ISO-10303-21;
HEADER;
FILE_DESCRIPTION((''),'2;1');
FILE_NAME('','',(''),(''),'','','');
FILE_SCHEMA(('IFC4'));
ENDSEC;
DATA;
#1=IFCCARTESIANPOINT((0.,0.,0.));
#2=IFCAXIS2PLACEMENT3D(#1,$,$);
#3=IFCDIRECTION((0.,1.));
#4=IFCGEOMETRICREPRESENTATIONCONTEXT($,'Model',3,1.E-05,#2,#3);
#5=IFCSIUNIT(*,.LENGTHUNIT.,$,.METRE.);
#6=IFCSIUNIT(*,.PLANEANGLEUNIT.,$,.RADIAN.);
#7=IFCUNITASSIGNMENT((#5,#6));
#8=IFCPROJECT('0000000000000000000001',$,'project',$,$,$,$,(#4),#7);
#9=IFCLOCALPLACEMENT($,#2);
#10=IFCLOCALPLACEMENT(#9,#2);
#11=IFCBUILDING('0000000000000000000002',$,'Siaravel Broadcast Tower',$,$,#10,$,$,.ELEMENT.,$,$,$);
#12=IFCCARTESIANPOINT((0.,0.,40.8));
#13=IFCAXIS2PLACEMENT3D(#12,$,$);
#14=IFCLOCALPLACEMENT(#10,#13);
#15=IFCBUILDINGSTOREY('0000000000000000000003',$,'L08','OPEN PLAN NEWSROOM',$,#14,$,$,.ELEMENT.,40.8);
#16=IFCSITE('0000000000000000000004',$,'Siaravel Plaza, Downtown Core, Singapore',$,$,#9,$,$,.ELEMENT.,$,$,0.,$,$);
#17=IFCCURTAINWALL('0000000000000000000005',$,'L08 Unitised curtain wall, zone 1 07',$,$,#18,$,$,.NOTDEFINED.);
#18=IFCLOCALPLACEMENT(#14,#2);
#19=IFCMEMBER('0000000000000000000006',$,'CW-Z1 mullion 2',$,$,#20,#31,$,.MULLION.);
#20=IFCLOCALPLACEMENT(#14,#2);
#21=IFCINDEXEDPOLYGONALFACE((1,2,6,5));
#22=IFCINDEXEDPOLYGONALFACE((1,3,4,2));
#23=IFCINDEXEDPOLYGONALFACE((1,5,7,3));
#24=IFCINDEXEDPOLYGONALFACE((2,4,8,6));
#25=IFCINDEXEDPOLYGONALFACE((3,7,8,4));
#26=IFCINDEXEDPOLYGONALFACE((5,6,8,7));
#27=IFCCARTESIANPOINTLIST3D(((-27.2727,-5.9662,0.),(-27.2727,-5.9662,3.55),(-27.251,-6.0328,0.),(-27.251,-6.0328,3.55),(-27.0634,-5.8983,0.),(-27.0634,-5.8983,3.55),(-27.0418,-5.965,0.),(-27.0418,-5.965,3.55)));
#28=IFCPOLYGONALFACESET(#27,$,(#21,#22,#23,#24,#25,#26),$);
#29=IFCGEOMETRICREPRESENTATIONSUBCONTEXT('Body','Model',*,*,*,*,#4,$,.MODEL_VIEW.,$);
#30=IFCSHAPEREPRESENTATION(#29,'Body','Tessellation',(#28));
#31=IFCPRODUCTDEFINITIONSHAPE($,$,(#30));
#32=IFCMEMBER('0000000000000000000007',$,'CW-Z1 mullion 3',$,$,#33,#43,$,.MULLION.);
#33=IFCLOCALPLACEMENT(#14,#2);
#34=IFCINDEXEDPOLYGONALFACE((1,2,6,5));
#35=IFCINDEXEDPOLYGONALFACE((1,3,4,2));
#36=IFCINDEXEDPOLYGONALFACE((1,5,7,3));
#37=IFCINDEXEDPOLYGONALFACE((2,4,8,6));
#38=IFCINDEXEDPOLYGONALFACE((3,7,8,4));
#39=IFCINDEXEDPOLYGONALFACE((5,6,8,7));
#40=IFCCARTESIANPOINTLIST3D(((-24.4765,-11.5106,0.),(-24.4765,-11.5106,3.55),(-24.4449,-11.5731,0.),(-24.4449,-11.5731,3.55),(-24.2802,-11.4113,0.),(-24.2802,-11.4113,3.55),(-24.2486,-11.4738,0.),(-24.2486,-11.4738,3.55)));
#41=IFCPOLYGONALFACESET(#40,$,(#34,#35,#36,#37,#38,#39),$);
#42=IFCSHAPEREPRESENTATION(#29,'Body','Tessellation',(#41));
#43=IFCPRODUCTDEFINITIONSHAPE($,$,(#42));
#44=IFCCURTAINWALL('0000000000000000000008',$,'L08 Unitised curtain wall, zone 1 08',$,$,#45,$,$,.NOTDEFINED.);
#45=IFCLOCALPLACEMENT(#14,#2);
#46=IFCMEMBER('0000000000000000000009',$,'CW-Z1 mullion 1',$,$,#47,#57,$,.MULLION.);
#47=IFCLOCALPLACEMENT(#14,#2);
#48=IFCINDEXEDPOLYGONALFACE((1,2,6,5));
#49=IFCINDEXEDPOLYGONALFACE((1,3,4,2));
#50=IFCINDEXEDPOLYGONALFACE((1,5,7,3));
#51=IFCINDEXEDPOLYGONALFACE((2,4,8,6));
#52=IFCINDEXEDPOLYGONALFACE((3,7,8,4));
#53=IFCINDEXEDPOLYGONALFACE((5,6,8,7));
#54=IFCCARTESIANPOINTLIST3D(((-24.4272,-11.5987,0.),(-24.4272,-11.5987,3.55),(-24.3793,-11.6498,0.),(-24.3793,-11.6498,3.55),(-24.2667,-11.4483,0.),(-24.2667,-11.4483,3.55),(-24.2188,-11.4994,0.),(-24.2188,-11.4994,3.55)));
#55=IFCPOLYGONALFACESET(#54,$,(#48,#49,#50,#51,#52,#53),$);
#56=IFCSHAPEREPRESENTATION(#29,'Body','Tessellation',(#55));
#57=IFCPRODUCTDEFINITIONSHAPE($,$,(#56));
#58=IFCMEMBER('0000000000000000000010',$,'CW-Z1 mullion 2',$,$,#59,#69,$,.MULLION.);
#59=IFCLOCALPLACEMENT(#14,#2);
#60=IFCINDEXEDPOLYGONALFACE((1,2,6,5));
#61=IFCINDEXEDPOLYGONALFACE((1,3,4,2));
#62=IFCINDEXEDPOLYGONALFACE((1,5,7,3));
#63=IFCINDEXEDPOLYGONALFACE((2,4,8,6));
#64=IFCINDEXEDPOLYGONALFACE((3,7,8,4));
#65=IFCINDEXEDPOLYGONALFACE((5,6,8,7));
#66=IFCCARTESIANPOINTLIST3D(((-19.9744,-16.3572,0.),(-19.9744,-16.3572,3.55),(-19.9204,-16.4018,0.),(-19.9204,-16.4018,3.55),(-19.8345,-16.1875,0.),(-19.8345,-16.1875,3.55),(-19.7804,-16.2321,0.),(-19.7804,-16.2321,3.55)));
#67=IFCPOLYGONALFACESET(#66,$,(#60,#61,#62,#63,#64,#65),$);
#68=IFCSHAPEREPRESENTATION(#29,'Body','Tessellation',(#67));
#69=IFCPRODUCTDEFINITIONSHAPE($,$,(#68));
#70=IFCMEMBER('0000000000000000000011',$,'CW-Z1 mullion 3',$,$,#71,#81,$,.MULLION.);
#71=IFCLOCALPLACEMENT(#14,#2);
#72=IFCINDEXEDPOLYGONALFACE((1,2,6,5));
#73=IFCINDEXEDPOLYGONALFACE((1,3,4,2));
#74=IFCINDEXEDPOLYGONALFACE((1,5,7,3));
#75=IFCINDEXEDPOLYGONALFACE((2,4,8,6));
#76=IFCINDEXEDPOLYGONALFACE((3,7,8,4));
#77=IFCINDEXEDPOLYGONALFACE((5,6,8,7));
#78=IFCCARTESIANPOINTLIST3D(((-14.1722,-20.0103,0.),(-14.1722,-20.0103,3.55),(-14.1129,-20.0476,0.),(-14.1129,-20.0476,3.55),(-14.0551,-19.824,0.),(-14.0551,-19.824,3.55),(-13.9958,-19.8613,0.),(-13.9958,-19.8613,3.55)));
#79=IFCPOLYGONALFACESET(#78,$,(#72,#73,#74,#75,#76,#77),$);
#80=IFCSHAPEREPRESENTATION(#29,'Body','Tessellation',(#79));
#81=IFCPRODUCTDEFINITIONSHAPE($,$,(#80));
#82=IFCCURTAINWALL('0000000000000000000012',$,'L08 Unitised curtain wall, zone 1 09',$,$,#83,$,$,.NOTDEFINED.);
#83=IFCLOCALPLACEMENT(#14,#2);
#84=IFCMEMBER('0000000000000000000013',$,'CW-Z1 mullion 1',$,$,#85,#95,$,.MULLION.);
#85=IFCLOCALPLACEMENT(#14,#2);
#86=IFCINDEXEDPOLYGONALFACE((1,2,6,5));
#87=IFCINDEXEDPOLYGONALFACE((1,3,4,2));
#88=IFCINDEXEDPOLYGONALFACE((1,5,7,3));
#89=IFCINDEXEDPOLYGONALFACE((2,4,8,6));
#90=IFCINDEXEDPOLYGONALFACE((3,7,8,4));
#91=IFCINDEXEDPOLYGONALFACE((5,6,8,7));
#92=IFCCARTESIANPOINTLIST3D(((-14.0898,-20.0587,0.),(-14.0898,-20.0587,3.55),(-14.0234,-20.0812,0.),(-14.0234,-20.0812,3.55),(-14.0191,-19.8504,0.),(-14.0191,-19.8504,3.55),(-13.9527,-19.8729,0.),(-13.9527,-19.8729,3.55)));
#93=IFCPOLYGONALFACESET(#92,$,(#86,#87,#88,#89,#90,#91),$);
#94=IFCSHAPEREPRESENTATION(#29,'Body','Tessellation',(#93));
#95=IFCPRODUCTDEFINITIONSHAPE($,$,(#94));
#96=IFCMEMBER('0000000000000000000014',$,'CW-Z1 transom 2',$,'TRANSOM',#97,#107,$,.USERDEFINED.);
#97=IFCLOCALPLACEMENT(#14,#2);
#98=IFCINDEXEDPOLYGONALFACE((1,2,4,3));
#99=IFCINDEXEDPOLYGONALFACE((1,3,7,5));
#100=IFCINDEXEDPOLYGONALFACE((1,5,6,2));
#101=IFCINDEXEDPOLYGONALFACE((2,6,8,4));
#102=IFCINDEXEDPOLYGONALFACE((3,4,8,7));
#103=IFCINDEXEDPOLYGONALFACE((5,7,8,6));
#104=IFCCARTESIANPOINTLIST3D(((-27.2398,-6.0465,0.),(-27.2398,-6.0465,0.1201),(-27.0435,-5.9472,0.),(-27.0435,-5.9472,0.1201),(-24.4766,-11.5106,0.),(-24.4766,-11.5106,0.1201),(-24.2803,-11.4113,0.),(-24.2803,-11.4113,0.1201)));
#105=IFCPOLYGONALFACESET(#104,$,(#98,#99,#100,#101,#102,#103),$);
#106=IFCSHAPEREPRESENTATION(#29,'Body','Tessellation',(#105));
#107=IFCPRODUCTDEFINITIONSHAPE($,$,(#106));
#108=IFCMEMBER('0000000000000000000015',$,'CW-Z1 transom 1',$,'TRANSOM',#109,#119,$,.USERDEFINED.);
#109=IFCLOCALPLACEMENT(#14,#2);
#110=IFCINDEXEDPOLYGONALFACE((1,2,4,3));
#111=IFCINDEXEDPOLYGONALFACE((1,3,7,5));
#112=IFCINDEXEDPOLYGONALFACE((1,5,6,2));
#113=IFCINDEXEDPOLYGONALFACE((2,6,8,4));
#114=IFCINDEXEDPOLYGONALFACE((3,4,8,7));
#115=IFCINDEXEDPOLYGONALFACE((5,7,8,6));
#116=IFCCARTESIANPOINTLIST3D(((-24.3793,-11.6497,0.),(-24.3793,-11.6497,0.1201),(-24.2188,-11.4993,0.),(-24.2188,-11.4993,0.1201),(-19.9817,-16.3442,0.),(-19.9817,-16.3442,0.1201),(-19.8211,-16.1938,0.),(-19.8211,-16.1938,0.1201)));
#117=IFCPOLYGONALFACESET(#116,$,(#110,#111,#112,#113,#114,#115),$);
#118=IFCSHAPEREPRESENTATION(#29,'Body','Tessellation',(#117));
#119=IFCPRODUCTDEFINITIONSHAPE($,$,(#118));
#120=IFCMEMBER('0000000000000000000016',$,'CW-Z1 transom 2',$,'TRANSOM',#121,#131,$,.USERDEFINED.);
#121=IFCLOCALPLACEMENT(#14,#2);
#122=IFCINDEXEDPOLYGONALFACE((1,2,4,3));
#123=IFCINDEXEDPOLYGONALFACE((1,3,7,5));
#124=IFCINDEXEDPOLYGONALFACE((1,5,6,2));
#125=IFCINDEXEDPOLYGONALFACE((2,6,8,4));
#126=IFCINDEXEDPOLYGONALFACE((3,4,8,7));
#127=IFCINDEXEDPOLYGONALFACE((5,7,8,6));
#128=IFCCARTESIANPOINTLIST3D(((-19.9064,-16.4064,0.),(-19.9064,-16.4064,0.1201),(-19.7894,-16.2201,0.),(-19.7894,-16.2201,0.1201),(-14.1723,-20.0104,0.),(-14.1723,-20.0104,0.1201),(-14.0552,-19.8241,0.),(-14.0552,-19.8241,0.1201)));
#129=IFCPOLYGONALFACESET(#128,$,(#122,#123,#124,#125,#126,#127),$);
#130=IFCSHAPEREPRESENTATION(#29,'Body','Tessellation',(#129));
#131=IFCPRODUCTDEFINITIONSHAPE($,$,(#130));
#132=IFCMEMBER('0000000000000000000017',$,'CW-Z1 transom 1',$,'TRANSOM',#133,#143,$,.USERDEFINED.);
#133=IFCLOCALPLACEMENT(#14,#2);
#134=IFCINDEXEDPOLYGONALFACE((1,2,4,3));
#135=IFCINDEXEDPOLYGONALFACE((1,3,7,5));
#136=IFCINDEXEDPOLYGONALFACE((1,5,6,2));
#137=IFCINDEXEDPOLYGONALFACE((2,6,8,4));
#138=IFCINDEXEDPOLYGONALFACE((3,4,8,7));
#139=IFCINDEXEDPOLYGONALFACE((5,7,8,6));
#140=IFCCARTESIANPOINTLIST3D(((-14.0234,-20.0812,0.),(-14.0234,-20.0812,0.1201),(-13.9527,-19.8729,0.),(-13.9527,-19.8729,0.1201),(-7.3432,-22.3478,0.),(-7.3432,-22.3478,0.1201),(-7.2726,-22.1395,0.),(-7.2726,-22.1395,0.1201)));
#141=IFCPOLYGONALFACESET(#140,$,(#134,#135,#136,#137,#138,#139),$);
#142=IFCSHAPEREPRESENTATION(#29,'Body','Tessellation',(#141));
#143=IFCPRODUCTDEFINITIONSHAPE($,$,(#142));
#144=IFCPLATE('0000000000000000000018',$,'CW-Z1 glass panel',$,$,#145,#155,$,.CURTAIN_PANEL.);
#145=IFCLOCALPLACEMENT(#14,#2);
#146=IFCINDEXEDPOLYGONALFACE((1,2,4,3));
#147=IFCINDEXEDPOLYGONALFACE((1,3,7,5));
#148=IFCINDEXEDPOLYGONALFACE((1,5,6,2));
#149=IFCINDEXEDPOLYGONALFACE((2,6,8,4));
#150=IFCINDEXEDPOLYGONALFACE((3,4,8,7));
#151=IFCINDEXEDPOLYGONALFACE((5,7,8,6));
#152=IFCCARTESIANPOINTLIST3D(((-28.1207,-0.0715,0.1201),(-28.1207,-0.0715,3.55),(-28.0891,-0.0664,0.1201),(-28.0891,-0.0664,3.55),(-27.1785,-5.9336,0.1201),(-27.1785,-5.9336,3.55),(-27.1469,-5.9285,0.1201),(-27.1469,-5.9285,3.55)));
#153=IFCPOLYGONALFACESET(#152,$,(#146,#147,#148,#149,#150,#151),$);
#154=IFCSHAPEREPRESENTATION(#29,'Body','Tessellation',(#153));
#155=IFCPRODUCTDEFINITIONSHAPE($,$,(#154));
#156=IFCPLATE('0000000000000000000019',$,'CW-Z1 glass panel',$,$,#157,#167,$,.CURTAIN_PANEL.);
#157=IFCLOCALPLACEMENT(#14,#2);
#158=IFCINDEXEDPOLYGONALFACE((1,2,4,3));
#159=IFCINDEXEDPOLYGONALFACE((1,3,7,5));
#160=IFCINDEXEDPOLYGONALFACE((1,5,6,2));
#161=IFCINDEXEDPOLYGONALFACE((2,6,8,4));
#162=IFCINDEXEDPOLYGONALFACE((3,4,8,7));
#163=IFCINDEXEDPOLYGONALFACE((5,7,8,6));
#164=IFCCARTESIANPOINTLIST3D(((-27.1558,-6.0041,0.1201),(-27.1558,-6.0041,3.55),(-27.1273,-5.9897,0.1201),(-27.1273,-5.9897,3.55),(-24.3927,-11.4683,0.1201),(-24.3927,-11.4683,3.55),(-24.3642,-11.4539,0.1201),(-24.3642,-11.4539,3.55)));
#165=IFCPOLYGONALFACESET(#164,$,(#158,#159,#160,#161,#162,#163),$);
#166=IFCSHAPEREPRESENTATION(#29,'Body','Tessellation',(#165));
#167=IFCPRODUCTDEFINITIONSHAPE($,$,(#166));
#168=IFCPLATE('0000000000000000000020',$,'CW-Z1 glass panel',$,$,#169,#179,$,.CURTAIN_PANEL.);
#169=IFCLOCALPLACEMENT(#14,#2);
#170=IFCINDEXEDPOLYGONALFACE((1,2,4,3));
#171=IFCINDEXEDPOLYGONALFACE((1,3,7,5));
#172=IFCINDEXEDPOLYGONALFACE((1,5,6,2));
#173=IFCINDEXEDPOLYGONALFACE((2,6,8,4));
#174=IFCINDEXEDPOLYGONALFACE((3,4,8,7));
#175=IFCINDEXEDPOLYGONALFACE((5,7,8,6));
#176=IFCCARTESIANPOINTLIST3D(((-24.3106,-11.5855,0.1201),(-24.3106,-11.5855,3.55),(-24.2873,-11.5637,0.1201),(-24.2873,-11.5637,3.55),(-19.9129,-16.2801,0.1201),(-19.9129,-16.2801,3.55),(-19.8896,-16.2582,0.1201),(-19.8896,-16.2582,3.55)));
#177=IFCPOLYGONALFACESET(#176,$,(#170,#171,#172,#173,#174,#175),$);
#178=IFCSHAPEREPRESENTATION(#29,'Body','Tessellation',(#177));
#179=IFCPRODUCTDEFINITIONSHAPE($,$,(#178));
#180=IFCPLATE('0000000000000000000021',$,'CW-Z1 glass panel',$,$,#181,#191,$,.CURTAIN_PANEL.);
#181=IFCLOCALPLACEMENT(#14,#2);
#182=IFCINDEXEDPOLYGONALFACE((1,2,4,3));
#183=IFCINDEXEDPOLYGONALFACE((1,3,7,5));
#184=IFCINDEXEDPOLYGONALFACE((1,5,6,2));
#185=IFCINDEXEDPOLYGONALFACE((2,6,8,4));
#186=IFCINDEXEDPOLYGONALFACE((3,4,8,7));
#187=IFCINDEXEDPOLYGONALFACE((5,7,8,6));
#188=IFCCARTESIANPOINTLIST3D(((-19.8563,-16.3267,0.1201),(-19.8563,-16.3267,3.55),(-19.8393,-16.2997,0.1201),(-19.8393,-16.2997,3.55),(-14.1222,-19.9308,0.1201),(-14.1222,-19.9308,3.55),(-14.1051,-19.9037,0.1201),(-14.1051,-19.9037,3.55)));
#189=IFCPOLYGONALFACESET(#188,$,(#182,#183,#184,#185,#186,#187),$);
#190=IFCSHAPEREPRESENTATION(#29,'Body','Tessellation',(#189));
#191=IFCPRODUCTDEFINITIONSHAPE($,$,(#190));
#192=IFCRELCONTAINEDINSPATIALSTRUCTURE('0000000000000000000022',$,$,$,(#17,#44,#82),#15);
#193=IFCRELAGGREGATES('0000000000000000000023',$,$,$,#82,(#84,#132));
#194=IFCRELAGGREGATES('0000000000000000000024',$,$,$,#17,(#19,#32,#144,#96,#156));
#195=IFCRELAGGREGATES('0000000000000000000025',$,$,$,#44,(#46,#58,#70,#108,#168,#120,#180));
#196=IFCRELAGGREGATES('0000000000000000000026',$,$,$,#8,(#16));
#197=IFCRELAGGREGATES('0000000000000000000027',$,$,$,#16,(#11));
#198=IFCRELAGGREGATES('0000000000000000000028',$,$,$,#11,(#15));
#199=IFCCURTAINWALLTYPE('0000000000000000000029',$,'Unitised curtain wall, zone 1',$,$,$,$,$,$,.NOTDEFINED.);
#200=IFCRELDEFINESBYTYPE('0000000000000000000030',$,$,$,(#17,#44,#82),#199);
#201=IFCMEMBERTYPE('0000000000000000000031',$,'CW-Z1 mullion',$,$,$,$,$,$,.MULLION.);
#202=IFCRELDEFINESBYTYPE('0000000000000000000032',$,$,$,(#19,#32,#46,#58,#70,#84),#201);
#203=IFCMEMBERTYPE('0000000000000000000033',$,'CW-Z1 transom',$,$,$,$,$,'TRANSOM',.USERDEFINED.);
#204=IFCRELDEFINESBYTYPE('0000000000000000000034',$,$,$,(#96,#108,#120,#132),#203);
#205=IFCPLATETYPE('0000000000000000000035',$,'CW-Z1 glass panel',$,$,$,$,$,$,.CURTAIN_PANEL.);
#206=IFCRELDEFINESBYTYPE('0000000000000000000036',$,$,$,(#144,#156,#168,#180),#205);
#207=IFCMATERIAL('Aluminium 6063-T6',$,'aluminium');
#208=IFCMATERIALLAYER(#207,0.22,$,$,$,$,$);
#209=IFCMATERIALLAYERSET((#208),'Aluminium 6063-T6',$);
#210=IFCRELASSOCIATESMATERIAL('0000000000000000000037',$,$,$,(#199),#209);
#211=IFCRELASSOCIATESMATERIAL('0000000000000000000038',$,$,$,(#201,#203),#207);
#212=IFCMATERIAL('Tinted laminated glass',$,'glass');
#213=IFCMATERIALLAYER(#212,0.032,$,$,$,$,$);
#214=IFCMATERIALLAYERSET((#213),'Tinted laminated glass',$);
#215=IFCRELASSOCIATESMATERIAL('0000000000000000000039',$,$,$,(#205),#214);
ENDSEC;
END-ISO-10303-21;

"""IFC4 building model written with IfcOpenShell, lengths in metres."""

from ifc_helpers import new_model, si_unit, direction, frame, origin, origin_2d, place, context, subcontext, project, spatial, rectangle, extrude, material, layer, layer_set, material_profile, profile_set, type_object, element, aggregate, save


model = new_model("IFC4")

# Units and contexts
model_context = context("Model", 3, precision=1e-05, world=origin(), true_north=direction((0.0, 1.0)))
body_context = subcontext(model_context, "Body", "Model", "MODEL_VIEW")
ifc_project = project(units=[si_unit("LENGTHUNIT", "METRE"), si_unit("PLANEANGLEUNIT", "RADIAN")], contexts=[model_context])

# Site, building, storey
site_placement = place(None, origin())
site = spatial("IfcSite", under=ifc_project, at=site_placement, Name="Siaravel Plaza, Downtown Core, Singapore", CompositionType="ELEMENT", RefElevation=0.0)
building_placement = place(site_placement, origin())
building = spatial("IfcBuilding", under=site, at=building_placement, Name="Siaravel Broadcast Tower", CompositionType="ELEMENT")
storey_placement = place(building_placement, frame((0.0, 0.0, 40.8)))
storey = spatial("IfcBuildingStorey", under=building, at=storey_placement, Name="L08", Description="OPEN PLAN NEWSROOM", CompositionType="ELEMENT", Elevation=40.8)

# Curtain walls, members
ifc_material_1 = material(Name="Aluminium 6063-T6", Category="aluminium")
ifc_layer_1 = layer(ifc_material_1, 0.22)
ifc_layer_set_1 = layer_set([ifc_layer_1], Name="Aluminium 6063-T6")
curtain_wall_type = type_object("IfcCurtainWallType", Name="Unitised curtain wall, zone 1", PredefinedType="NOTDEFINED", material=ifc_layer_set_1)
curtain_wall_1_placement = place(storey_placement, origin())
curtain_wall_1 = element("IfcCurtainWall", 1, at=curtain_wall_1_placement, inside=storey, type_object=curtain_wall_type, Name="L08 Unitised curtain wall, zone 1 07", PredefinedType="NOTDEFINED")
ifc_material_profile_1 = material_profile(ifc_material_1, rectangle(XDim=0.22, YDim=0.0701, at=origin_2d()))
ifc_profile_set_1 = profile_set([ifc_material_profile_1], Name="Aluminium 6063-T6")
member_type_1 = type_object("IfcMemberType", Name="CW-Z1 mullion", PredefinedType="MULLION", material=ifc_profile_set_1)
member_1_placement = place(storey_placement, frame((-27.1572, -5.9656, 0.0), z_axis=(0.0, 0.0, 1.0), x_axis=(0.951177, 0.308646, 0.0)))
member_1 = element("IfcMember", 2, at=member_1_placement, type_object=member_type_1, Name="CW-Z1 mullion 2", PredefinedType="MULLION", context=body_context, shape_type="SweptSolid", body=[
    extrude(rectangle(XDim=0.22, YDim=0.0701, at=origin_2d()), origin(), (0.0, 0.0, 1.0), 3.55),
])
member_2_placement = place(storey_placement, frame((-24.3625, -11.4922, 0.0), z_axis=(0.0, 0.0, 1.0), x_axis=(0.892392, 0.451261, 0.0)))
member_2 = element("IfcMember", 3, at=member_2_placement, type_object=member_type_1, Name="CW-Z1 mullion 3", PredefinedType="MULLION", context=body_context, shape_type="SweptSolid", body=[
    extrude(rectangle(XDim=0.22, YDim=0.0701, at=origin_2d()), origin(), (0.0, 0.0, 1.0), 3.55),
])
curtain_wall_2_placement = place(storey_placement, origin())
curtain_wall_2 = element("IfcCurtainWall", 4, at=curtain_wall_2_placement, inside=storey, type_object=curtain_wall_type, Name="L08 Unitised curtain wall, zone 1 08", PredefinedType="NOTDEFINED")
member_3_placement = place(storey_placement, frame((-24.323, -11.5491, 0.0), z_axis=(0.0, 0.0, 1.0), x_axis=(0.729805, 0.683655, 0.0)))
member_3 = element("IfcMember", 5, at=member_3_placement, type_object=member_type_1, Name="CW-Z1 mullion 1", PredefinedType="MULLION", context=body_context, shape_type="SweptSolid", body=[
    extrude(rectangle(XDim=0.22, YDim=0.0701, at=origin_2d()), origin(), (0.0, 0.0, 1.0), 3.55),
])
member_4_placement = place(storey_placement, frame((-19.8774, -16.2947, 0.0), z_axis=(0.0, 0.0, 1.0), x_axis=(0.636218, 0.771509, 0.0)))
member_4 = element("IfcMember", 6, at=member_4_placement, type_object=member_type_1, Name="CW-Z1 mullion 2", PredefinedType="MULLION", context=body_context, shape_type="SweptSolid", body=[
    extrude(rectangle(XDim=0.22, YDim=0.0701, at=origin_2d()), origin(), (0.0, 0.0, 1.0), 3.55),
])
member_5_placement = place(storey_placement, frame((-14.084, -19.9358, 0.0), z_axis=(0.0, 0.0, 1.0), x_axis=(0.532149, 0.846651, 0.0)))
member_5 = element("IfcMember", 7, at=member_5_placement, type_object=member_type_1, Name="CW-Z1 mullion 3", PredefinedType="MULLION", context=body_context, shape_type="SweptSolid", body=[
    extrude(rectangle(XDim=0.22, YDim=0.0701, at=origin_2d()), origin(), (0.0, 0.0, 1.0), 3.55),
])

# Curtain wall, member
curtain_wall_3_placement = place(storey_placement, origin())
curtain_wall_3 = element("IfcCurtainWall", 8, at=curtain_wall_3_placement, inside=storey, type_object=curtain_wall_type, Name="L08 Unitised curtain wall, zone 1 09", PredefinedType="NOTDEFINED")
member_6_placement = place(storey_placement, frame((-14.0212, -19.9658, 0.0), z_axis=(0.0, 0.0, 1.0), x_axis=(0.321301, 0.946977, 0.0)))
member_6 = element("IfcMember", 9, at=member_6_placement, type_object=member_type_1, Name="CW-Z1 mullion 1", PredefinedType="MULLION", context=body_context, shape_type="SweptSolid", body=[
    extrude(rectangle(XDim=0.22, YDim=0.0701, at=origin_2d()), origin(), (0.0, 0.0, 1.0), 3.55),
])

# Members
ifc_material_profile_2 = material_profile(ifc_material_1, rectangle(XDim=0.22, YDim=0.1201, at=origin_2d()))
ifc_profile_set_2 = profile_set([ifc_material_profile_2], Name="Aluminium 6063-T6")
member_type_2 = type_object("IfcMemberType", Name="CW-Z1 transom", ElementType="TRANSOM", PredefinedType="USERDEFINED", material=ifc_profile_set_2)
member_7_placement = place(storey_placement, frame((-27.1416, -5.9968, 0.0601), z_axis=(0.451276, -0.892384, 0.0), x_axis=(0.892384, 0.451276, 0.0)))
member_7 = element("IfcMember", 10, at=member_7_placement, type_object=member_type_2, Name="CW-Z1 transom 2", ObjectType="TRANSOM", PredefinedType="USERDEFINED", context=body_context, shape_type="SweptSolid", body=[
    extrude(rectangle(XDim=0.22, YDim=0.1201, at=origin_2d()), origin(), (0.0, 0.0, 1.0), 6.123),
])
member_8_placement = place(storey_placement, frame((-24.2991, -11.5745, 0.0601), z_axis=(0.683654, -0.729806, 0.0), x_axis=(0.729806, 0.683654, 0.0)))
member_8 = element("IfcMember", 11, at=member_8_placement, type_object=member_type_2, Name="CW-Z1 transom 1", ObjectType="TRANSOM", PredefinedType="USERDEFINED", context=body_context, shape_type="SweptSolid", body=[
    extrude(rectangle(XDim=0.22, YDim=0.1201, at=origin_2d()), origin(), (0.0, 0.0, 1.0), 6.4326),
])
member_9_placement = place(storey_placement, frame((-19.8479, -16.3132, 0.0601), z_axis=(0.846657, -0.532139, 0.0), x_axis=(0.532139, 0.846657, 0.0)))
member_9 = element("IfcMember", 12, at=member_9_placement, type_object=member_type_2, Name="CW-Z1 transom 2", ObjectType="TRANSOM", PredefinedType="USERDEFINED", context=body_context, shape_type="SweptSolid", body=[
    extrude(rectangle(XDim=0.22, YDim=0.1201, at=origin_2d()), origin(), (0.0, 0.0, 1.0), 6.7727),
])
member_10_placement = place(storey_placement, frame((-13.988, -19.9771, 0.0601), z_axis=(0.946974, -0.321311, 0.0), x_axis=(0.321311, 0.946974, 0.0)))
member_10 = element("IfcMember", 13, at=member_10_placement, type_object=member_type_2, Name="CW-Z1 transom 1", ObjectType="TRANSOM", PredefinedType="USERDEFINED", context=body_context, shape_type="SweptSolid", body=[
    extrude(rectangle(XDim=0.22, YDim=0.1201, at=origin_2d()), origin(), (0.0, 0.0, 1.0), 7.0542),
])
aggregate(curtain_wall_3, [member_6, member_10])

# Plates
ifc_material_2 = material(Name="Tinted laminated glass", Category="glass")
ifc_layer_2 = layer(ifc_material_2, 0.032)
ifc_layer_set_2 = layer_set([ifc_layer_2], Name="Tinted laminated glass")
plate_type = type_object("IfcPlateType", Name="CW-Z1 glass panel", PredefinedType="CURTAIN_PANEL", material=ifc_layer_set_2)
plate_1_placement = place(storey_placement, frame((-27.6338, -3.0, 0.1201), z_axis=(0.0, 0.0, 1.0), x_axis=(0.158686, -0.987329, 0.0)))
plate_1 = element("IfcPlate", 14, at=plate_1_placement, type_object=plate_type, Name="CW-Z1 glass panel", PredefinedType="CURTAIN_PANEL", context=body_context, shape_type="SweptSolid", body=[
    extrude(rectangle(XDim=5.9373, YDim=0.032, at=origin_2d()), origin(), (0.0, 0.0, 1.0), 3.4299),
])
plate_2_placement = place(storey_placement, frame((-25.76, -8.729, 0.1201), z_axis=(0.0, 0.0, 1.0), x_axis=(0.451261, -0.892392, 0.0)))
plate_2 = element("IfcPlate", 15, at=plate_2_placement, type_object=plate_type, Name="CW-Z1 glass panel", PredefinedType="CURTAIN_PANEL", context=body_context, shape_type="SweptSolid", body=[
    extrude(rectangle(XDim=6.123, YDim=0.032, at=origin_2d()), origin(), (0.0, 0.0, 1.0), 3.4299),
])
aggregate(curtain_wall_1, [member_1, member_2, plate_1, member_7, plate_2])
plate_3_placement = place(storey_placement, frame((-22.1001, -13.9219, 0.1201), z_axis=(0.0, 0.0, 1.0), x_axis=(0.683655, -0.729805, 0.0)))
plate_3 = element("IfcPlate", 16, at=plate_3_placement, type_object=plate_type, Name="CW-Z1 glass panel", PredefinedType="CURTAIN_PANEL", context=body_context, shape_type="SweptSolid", body=[
    extrude(rectangle(XDim=6.4326, YDim=0.032, at=origin_2d()), origin(), (0.0, 0.0, 1.0), 3.4299),
])
plate_4_placement = place(storey_placement, frame((-16.9807, -18.1152, 0.1201), z_axis=(0.0, 0.0, 1.0), x_axis=(0.846651, -0.532149, 0.0)))
plate_4 = element("IfcPlate", 17, at=plate_4_placement, type_object=plate_type, Name="CW-Z1 glass panel", PredefinedType="CURTAIN_PANEL", context=body_context, shape_type="SweptSolid", body=[
    extrude(rectangle(XDim=6.7727, YDim=0.032, at=origin_2d()), origin(), (0.0, 0.0, 1.0), 3.4299),
])
aggregate(curtain_wall_2, [member_3, member_4, member_5, member_8, plate_3, member_9, plate_4])

save(model, "model.ifc")
